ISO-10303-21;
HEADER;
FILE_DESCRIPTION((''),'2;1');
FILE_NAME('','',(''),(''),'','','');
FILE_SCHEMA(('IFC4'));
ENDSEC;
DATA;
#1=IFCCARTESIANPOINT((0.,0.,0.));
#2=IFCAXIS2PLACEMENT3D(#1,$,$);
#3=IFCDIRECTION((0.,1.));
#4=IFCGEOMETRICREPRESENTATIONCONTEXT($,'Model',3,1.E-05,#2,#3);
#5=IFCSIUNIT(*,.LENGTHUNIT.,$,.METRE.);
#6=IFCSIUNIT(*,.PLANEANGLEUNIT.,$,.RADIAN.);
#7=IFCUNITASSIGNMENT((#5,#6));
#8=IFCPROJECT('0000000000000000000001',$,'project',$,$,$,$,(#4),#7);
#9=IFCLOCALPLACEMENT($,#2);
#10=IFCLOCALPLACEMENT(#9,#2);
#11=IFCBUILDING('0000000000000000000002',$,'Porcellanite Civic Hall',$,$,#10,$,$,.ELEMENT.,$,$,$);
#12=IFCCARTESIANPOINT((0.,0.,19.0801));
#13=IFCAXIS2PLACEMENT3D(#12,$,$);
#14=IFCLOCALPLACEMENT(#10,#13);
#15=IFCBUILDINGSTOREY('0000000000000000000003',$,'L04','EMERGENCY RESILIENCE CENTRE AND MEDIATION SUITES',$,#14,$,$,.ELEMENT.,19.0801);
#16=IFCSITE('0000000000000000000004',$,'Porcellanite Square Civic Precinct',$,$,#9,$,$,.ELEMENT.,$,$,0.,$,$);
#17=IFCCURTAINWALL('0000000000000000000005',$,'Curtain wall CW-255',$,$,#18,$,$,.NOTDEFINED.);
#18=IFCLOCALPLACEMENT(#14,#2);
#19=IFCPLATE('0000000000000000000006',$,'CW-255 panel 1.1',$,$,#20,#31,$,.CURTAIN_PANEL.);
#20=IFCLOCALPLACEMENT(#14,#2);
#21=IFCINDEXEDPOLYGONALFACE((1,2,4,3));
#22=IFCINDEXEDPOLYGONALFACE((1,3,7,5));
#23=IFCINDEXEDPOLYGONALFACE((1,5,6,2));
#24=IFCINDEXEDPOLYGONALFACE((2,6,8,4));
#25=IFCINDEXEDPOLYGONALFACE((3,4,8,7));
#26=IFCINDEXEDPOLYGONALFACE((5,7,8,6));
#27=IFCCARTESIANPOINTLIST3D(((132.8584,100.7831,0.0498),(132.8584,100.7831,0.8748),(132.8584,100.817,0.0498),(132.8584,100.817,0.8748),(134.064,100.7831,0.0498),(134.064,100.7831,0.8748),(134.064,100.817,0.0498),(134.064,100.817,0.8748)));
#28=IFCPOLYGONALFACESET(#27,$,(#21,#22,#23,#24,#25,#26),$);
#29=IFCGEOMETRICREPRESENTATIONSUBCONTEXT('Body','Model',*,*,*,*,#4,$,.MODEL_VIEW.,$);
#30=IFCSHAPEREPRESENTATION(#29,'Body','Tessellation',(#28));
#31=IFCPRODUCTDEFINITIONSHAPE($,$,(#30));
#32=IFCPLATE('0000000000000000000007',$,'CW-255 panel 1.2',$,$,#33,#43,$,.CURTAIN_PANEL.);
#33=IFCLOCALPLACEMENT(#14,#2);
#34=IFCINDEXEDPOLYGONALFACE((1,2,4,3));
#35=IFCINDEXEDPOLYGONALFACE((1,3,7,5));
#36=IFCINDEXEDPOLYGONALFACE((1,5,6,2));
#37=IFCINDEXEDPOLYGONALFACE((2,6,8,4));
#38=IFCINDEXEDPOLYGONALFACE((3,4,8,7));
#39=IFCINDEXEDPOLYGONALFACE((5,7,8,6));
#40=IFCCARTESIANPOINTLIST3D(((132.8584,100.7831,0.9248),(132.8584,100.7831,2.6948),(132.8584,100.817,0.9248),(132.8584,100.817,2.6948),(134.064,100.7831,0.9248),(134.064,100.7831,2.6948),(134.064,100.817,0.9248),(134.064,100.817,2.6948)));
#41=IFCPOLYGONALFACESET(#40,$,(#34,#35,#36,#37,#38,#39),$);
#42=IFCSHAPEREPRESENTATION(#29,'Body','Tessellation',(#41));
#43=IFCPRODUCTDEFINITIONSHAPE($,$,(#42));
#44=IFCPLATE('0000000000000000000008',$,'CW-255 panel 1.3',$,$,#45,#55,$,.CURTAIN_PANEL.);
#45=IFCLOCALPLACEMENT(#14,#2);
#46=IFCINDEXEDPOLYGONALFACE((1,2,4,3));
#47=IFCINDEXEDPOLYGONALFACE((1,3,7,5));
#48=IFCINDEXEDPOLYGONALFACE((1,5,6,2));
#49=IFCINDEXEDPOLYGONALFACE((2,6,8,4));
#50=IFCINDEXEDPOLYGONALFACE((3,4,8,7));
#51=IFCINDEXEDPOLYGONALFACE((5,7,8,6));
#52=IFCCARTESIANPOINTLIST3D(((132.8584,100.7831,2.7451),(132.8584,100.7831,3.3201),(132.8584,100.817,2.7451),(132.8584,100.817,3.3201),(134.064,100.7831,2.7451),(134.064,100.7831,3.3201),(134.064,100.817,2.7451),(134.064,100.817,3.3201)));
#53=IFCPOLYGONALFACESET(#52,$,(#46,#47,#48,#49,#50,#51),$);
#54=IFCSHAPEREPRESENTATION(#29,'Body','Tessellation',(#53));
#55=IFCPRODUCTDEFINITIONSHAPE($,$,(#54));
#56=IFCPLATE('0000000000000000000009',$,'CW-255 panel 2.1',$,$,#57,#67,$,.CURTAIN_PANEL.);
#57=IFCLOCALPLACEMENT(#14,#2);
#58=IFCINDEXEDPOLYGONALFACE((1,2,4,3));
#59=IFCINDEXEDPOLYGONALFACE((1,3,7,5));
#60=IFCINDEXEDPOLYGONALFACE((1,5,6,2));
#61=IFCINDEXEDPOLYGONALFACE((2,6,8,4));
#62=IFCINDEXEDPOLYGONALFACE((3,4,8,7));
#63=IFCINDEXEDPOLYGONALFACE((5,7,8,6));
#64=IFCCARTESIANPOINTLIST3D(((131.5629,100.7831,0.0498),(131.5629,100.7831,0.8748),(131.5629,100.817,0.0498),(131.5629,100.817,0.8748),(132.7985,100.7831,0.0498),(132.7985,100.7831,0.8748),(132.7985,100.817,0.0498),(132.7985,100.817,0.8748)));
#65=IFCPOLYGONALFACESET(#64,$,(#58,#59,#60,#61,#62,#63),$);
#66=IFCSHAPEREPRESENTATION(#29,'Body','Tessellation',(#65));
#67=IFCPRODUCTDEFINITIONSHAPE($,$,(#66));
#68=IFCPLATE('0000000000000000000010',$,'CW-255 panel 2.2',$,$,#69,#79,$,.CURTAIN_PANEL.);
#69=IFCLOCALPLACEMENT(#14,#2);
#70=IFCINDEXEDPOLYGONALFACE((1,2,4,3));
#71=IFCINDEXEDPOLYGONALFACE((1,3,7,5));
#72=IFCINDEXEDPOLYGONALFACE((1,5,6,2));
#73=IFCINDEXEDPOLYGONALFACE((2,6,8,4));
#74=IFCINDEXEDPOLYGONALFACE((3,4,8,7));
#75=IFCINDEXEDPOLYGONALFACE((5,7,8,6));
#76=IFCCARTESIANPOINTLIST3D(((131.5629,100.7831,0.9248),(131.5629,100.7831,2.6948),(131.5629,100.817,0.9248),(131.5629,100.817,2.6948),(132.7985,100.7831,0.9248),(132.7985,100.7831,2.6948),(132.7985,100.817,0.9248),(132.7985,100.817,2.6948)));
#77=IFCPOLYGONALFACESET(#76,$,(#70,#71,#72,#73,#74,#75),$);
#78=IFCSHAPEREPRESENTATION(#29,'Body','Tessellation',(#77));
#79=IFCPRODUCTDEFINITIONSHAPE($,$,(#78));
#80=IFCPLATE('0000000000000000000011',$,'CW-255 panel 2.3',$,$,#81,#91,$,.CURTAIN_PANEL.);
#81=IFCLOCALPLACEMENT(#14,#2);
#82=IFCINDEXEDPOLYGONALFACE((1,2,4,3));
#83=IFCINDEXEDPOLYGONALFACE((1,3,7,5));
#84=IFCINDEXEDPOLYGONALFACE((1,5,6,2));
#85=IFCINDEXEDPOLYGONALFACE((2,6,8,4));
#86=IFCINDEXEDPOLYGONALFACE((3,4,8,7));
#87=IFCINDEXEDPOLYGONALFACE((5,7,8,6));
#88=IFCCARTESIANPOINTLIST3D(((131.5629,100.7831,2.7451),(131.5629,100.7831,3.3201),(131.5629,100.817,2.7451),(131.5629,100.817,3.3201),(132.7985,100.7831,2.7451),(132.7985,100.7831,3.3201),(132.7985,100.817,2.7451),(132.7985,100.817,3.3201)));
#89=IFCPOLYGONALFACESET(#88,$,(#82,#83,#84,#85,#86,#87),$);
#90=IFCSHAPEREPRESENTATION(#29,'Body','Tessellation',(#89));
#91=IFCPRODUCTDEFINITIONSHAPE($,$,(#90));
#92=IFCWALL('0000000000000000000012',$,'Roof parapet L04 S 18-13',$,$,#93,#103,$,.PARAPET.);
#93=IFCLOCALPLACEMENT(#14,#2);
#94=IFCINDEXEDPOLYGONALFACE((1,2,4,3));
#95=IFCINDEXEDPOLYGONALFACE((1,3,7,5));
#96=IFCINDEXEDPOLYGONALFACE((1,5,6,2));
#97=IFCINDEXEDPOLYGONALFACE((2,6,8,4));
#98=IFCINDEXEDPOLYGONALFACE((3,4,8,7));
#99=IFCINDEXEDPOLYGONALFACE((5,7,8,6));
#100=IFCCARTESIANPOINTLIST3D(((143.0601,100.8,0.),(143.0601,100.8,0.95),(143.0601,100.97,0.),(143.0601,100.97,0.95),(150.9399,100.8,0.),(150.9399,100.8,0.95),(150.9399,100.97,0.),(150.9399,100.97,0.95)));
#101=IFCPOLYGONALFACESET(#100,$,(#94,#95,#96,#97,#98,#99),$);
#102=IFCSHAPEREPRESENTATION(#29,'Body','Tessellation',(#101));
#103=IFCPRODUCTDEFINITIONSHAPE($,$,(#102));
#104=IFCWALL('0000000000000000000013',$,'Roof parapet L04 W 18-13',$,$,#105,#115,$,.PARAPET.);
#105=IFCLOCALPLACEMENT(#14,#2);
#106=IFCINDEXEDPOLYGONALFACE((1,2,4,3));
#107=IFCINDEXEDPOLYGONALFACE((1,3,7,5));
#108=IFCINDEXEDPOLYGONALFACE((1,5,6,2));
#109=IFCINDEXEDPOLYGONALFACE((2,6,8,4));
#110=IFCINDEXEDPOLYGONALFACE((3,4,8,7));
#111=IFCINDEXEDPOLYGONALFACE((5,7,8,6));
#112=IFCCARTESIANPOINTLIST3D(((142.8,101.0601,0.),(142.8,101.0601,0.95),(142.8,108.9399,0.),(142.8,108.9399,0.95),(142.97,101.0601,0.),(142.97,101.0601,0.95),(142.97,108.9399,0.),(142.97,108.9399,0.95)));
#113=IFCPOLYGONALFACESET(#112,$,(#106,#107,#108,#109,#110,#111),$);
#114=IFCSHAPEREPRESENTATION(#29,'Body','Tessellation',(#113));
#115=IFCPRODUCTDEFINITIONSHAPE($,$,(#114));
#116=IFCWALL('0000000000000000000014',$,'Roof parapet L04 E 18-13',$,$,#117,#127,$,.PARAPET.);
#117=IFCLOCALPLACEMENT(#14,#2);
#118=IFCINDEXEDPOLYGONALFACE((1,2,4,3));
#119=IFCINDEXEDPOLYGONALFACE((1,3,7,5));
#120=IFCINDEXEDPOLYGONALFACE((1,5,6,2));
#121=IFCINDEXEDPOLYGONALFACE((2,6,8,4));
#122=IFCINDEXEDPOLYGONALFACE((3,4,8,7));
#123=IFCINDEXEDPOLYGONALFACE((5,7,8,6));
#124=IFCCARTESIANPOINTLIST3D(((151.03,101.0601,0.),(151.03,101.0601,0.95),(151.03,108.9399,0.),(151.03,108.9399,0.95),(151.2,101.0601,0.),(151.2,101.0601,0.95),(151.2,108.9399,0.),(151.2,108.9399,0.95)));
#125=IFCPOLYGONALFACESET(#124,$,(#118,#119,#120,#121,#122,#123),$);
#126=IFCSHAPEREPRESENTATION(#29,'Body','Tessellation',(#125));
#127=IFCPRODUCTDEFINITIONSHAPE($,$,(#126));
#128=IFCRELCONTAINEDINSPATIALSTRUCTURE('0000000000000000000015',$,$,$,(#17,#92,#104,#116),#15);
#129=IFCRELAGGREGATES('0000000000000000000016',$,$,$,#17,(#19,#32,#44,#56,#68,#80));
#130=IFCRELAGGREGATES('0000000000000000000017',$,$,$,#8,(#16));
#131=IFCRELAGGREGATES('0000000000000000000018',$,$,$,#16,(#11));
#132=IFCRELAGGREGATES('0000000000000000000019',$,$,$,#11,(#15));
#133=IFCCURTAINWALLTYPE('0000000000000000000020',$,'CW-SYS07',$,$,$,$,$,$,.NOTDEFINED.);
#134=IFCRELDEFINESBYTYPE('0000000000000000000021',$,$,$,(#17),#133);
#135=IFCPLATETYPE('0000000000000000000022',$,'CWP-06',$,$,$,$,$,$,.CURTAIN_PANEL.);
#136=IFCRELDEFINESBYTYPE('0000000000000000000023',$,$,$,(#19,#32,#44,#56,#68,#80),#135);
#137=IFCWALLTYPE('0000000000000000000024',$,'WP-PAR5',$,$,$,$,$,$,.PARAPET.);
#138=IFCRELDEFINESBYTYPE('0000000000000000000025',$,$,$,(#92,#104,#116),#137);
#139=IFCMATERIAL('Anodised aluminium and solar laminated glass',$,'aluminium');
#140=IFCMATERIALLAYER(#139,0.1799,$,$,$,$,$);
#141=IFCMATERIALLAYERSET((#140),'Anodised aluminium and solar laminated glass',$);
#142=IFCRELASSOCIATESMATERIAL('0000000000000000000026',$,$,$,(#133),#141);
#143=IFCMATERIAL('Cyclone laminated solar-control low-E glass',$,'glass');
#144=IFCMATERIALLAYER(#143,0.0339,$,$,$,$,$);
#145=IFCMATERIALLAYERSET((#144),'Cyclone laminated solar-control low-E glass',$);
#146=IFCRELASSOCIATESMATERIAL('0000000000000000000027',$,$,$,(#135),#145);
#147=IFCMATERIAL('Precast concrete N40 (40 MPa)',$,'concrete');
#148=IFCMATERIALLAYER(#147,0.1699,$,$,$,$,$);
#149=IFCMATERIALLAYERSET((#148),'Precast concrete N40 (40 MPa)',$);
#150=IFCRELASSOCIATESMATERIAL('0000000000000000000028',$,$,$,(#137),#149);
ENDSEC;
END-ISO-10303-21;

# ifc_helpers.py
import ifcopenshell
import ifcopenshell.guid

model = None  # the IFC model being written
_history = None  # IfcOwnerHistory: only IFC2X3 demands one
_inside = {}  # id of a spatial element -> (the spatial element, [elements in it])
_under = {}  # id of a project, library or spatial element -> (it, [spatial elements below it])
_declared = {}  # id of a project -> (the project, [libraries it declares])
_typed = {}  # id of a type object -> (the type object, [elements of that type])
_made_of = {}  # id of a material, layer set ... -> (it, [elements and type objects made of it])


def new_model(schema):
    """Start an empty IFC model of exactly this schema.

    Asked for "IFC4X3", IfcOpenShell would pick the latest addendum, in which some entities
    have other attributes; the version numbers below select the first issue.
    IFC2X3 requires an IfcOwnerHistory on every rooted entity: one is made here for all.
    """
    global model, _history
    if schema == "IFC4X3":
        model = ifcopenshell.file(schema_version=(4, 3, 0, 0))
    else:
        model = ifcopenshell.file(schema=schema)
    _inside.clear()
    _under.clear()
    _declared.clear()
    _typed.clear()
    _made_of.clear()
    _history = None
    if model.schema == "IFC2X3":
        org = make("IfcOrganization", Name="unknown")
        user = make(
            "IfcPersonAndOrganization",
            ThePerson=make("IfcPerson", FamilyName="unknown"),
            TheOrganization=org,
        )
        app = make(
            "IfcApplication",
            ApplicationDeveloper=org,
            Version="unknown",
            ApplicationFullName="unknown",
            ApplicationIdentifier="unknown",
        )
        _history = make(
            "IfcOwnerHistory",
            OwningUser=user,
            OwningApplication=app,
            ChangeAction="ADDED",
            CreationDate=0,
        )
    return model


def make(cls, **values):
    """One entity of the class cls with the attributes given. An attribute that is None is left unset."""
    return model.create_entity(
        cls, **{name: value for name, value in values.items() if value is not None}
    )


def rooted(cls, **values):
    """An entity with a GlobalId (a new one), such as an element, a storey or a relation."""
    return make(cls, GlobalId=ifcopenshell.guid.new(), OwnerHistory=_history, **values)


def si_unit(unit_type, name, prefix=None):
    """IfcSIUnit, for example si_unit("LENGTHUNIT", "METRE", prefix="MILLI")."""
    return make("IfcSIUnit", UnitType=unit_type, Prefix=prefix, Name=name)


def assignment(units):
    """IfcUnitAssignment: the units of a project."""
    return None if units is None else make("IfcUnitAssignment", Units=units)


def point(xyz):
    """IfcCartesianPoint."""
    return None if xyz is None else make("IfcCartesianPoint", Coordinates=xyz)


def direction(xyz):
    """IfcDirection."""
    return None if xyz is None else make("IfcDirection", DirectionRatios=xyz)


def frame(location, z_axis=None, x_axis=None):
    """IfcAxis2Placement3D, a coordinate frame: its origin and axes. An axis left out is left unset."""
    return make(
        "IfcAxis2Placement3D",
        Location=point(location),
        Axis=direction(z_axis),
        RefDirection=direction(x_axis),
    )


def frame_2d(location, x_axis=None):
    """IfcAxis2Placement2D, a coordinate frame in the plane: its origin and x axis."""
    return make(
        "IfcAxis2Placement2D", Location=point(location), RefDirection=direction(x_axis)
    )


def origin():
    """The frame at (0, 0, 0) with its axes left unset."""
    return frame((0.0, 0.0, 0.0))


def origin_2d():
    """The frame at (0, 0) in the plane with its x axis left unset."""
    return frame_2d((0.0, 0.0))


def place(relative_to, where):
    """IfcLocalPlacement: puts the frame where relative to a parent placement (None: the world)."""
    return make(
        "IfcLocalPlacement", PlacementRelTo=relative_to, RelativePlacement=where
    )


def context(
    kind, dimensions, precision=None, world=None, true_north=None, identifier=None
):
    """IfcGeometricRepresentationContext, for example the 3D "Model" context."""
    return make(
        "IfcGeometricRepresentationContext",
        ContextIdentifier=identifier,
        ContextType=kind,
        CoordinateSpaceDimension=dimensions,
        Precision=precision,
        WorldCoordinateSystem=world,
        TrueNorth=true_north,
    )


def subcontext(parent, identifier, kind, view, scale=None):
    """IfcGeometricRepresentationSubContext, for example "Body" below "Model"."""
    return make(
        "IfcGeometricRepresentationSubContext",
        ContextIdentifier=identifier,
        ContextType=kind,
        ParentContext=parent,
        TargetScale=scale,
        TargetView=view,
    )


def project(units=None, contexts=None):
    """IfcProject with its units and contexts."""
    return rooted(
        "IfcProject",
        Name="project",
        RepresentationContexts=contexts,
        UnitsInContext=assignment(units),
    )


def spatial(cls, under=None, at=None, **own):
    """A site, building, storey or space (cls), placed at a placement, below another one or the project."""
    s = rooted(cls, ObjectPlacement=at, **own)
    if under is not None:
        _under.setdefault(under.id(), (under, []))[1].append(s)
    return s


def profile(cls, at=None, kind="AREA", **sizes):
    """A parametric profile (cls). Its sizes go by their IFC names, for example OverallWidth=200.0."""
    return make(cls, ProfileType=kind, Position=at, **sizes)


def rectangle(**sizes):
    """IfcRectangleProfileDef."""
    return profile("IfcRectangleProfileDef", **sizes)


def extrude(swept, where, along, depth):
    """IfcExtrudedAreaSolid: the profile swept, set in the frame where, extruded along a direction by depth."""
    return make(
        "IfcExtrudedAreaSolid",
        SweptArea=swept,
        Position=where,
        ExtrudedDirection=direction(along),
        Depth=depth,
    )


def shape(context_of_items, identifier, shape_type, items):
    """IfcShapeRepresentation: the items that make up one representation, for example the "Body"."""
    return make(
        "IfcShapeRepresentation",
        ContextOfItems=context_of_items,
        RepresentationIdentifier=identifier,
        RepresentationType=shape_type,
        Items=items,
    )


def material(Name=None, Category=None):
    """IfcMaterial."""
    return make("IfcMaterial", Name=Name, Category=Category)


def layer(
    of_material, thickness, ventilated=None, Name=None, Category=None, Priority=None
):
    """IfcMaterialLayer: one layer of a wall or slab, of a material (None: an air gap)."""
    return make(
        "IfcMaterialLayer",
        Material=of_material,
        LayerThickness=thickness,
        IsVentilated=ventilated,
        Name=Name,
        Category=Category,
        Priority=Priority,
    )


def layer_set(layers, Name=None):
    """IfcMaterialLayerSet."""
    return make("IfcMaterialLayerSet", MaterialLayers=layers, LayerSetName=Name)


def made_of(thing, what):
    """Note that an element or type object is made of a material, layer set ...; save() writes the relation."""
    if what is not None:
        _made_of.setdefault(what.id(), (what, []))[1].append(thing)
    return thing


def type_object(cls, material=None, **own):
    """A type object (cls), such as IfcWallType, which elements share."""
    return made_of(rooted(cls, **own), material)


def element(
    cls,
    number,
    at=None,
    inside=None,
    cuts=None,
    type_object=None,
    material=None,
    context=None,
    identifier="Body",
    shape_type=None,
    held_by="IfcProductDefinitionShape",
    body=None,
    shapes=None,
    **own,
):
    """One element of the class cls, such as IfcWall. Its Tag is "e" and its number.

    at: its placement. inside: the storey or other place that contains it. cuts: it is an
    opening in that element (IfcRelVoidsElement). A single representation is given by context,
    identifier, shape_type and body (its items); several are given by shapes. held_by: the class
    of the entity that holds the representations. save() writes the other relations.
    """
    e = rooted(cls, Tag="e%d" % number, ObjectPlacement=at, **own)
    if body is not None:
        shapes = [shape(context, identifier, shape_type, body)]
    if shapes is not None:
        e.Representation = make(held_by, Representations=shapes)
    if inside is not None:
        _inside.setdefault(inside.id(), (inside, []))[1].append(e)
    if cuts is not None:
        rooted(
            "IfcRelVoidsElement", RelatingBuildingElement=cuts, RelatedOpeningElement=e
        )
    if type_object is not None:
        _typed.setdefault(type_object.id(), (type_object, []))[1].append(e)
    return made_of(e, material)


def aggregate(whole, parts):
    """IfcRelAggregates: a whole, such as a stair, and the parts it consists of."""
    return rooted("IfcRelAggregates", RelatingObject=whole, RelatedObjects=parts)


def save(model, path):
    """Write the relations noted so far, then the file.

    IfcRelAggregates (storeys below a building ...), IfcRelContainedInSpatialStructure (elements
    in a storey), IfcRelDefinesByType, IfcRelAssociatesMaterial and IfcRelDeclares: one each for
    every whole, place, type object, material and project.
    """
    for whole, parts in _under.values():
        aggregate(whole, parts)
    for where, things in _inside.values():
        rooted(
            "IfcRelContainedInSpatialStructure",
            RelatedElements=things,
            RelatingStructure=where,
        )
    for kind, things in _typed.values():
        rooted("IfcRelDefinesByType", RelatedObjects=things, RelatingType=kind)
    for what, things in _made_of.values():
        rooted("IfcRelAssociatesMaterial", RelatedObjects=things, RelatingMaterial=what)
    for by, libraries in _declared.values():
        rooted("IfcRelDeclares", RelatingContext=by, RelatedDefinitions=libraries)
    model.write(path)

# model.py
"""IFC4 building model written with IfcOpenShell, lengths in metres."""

from ifc_helpers import new_model, si_unit, direction, frame, frame_2d, origin, origin_2d, place, context, subcontext, project, spatial, rectangle, extrude, material, layer, layer_set, type_object, element, aggregate, save


model = new_model("IFC4")

# Units and contexts
model_context = context("Model", 3, precision=1e-05, world=origin(), true_north=direction((0.0, 1.0)))
body_context = subcontext(model_context, "Body", "Model", "MODEL_VIEW")
ifc_project = project(units=[si_unit("LENGTHUNIT", "METRE"), si_unit("PLANEANGLEUNIT", "RADIAN")], contexts=[model_context])

# Site, building, storey
site_placement = place(None, origin())
site = spatial("IfcSite", under=ifc_project, at=site_placement, Name="Porcellanite Square Civic Precinct", CompositionType="ELEMENT", RefElevation=0.0)
building_placement = place(site_placement, origin())
building = spatial("IfcBuilding", under=site, at=building_placement, Name="Porcellanite Civic Hall", CompositionType="ELEMENT")
storey_placement = place(building_placement, frame((0.0, 0.0, 19.0801)))
storey = spatial("IfcBuildingStorey", under=building, at=storey_placement, Name="L04", Description="EMERGENCY RESILIENCE CENTRE AND MEDIATION SUITES", CompositionType="ELEMENT", Elevation=19.0801)

# Curtain wall, plates
ifc_material_1 = material(Name="Anodised aluminium and solar laminated glass", Category="aluminium")
ifc_layer_1 = layer(ifc_material_1, 0.1799)
ifc_layer_set_1 = layer_set([ifc_layer_1], Name="Anodised aluminium and solar laminated glass")
curtain_wall_type = type_object("IfcCurtainWallType", Name="CW-SYS07", PredefinedType="NOTDEFINED", material=ifc_layer_set_1)
curtain_wall_placement = place(storey_placement, origin())
curtain_wall = element("IfcCurtainWall", 1, at=curtain_wall_placement, inside=storey, type_object=curtain_wall_type, Name="Curtain wall CW-255", PredefinedType="NOTDEFINED")
ifc_material_2 = material(Name="Cyclone laminated solar-control low-E glass", Category="glass")
ifc_layer_2 = layer(ifc_material_2, 0.0339)
ifc_layer_set_2 = layer_set([ifc_layer_2], Name="Cyclone laminated solar-control low-E glass")
plate_type = type_object("IfcPlateType", Name="CWP-06", PredefinedType="CURTAIN_PANEL", material=ifc_layer_set_2)
plate_1_placement = place(storey_placement, frame((133.4612, 100.8, 0.0498), z_axis=(0.0, 0.0, 1.0), x_axis=(-1.0, 0.0, 0.0)))
plate_1 = element("IfcPlate", 2, at=plate_1_placement, type_object=plate_type, Name="CW-255 panel 1.1", PredefinedType="CURTAIN_PANEL", context=body_context, shape_type="SweptSolid", body=[
    extrude(rectangle(XDim=1.2056, YDim=0.0339, at=origin_2d()), origin(), (0.0, 0.0, 1.0), 0.825),
])
plate_2_placement = place(storey_placement, frame((133.4612, 100.8, 0.9248), z_axis=(0.0, 0.0, 1.0), x_axis=(-1.0, 0.0, 0.0)))
plate_2 = element("IfcPlate", 3, at=plate_2_placement, type_object=plate_type, Name="CW-255 panel 1.2", PredefinedType="CURTAIN_PANEL", context=body_context, shape_type="SweptSolid", body=[
    extrude(rectangle(XDim=1.2056, YDim=0.0339, at=origin_2d()), origin(), (0.0, 0.0, 1.0), 1.77),
])
plate_3_placement = place(storey_placement, frame((133.4612, 100.8, 2.7451), z_axis=(0.0, 0.0, 1.0), x_axis=(-1.0, 0.0, 0.0)))
plate_3 = element("IfcPlate", 4, at=plate_3_placement, type_object=plate_type, Name="CW-255 panel 1.3", PredefinedType="CURTAIN_PANEL", context=body_context, shape_type="SweptSolid", body=[
    extrude(rectangle(XDim=1.2056, YDim=0.0339, at=origin_2d()), origin(), (0.0, 0.0, 1.0), 0.575),
])
plate_4_placement = place(storey_placement, frame((132.1807, 100.8, 0.0498), z_axis=(0.0, 0.0, 1.0), x_axis=(-1.0, 0.0, 0.0)))
plate_4 = element("IfcPlate", 5, at=plate_4_placement, type_object=plate_type, Name="CW-255 panel 2.1", PredefinedType="CURTAIN_PANEL", context=body_context, shape_type="SweptSolid", body=[
    extrude(rectangle(XDim=1.2356, YDim=0.0339, at=origin_2d()), origin(), (0.0, 0.0, 1.0), 0.825),
])
plate_5_placement = place(storey_placement, frame((132.1807, 100.8, 0.9248), z_axis=(0.0, 0.0, 1.0), x_axis=(-1.0, 0.0, 0.0)))
plate_5 = element("IfcPlate", 6, at=plate_5_placement, type_object=plate_type, Name="CW-255 panel 2.2", PredefinedType="CURTAIN_PANEL", context=body_context, shape_type="SweptSolid", body=[
    extrude(rectangle(XDim=1.2356, YDim=0.0339, at=origin_2d()), origin(), (0.0, 0.0, 1.0), 1.77),
])
plate_6_placement = place(storey_placement, frame((132.1807, 100.8, 2.7451), z_axis=(0.0, 0.0, 1.0), x_axis=(-1.0, 0.0, 0.0)))
plate_6 = element("IfcPlate", 7, at=plate_6_placement, type_object=plate_type, Name="CW-255 panel 2.3", PredefinedType="CURTAIN_PANEL", context=body_context, shape_type="SweptSolid", body=[
    extrude(rectangle(XDim=1.2356, YDim=0.0339, at=origin_2d()), origin(), (0.0, 0.0, 1.0), 0.575),
])
aggregate(curtain_wall, [plate_1, plate_2, plate_3, plate_4, plate_5, plate_6])

# Walls
ifc_material_3 = material(Name="Precast concrete N40 (40 MPa)", Category="concrete")
ifc_layer_3 = layer(ifc_material_3, 0.1699)
ifc_layer_set_3 = layer_set([ifc_layer_3], Name="Precast concrete N40 (40 MPa)")
wall_type_1 = type_object("IfcWallType", Name="WP-PAR5", PredefinedType="PARAPET", material=ifc_layer_set_3)
for number, where, z_axis, x_axis, name in (
    (8, (150.9399, 100.885, 0.0), (0.0, 0.0, 1.0), (-1.0, 0.0, 0.0), "Roof parapet L04 S 18-13"),
    (9, (142.885, 101.0601, 0.0), (0.0, 0.0, 1.0), (0.0, 1.0, 0.0), "Roof parapet L04 W 18-13"),
    (10, (151.115, 108.9399, 0.0), (0.0, 0.0, 1.0), (0.0, -1.0, 0.0), "Roof parapet L04 E 18-13"),
):
    element("IfcWall", number, at=place(storey_placement, frame(where, z_axis=z_axis, x_axis=x_axis)), inside=storey, type_object=wall_type_1, Name=name, PredefinedType="PARAPET", context=body_context, shape_type="SweptSolid", body=[
        extrude(rectangle(XDim=7.8799, YDim=0.1699, at=frame_2d((3.9399, 0.0))), origin(), (0.0, 0.0, 1.0), 0.95),
    ])

save(model, "model.ifc")
